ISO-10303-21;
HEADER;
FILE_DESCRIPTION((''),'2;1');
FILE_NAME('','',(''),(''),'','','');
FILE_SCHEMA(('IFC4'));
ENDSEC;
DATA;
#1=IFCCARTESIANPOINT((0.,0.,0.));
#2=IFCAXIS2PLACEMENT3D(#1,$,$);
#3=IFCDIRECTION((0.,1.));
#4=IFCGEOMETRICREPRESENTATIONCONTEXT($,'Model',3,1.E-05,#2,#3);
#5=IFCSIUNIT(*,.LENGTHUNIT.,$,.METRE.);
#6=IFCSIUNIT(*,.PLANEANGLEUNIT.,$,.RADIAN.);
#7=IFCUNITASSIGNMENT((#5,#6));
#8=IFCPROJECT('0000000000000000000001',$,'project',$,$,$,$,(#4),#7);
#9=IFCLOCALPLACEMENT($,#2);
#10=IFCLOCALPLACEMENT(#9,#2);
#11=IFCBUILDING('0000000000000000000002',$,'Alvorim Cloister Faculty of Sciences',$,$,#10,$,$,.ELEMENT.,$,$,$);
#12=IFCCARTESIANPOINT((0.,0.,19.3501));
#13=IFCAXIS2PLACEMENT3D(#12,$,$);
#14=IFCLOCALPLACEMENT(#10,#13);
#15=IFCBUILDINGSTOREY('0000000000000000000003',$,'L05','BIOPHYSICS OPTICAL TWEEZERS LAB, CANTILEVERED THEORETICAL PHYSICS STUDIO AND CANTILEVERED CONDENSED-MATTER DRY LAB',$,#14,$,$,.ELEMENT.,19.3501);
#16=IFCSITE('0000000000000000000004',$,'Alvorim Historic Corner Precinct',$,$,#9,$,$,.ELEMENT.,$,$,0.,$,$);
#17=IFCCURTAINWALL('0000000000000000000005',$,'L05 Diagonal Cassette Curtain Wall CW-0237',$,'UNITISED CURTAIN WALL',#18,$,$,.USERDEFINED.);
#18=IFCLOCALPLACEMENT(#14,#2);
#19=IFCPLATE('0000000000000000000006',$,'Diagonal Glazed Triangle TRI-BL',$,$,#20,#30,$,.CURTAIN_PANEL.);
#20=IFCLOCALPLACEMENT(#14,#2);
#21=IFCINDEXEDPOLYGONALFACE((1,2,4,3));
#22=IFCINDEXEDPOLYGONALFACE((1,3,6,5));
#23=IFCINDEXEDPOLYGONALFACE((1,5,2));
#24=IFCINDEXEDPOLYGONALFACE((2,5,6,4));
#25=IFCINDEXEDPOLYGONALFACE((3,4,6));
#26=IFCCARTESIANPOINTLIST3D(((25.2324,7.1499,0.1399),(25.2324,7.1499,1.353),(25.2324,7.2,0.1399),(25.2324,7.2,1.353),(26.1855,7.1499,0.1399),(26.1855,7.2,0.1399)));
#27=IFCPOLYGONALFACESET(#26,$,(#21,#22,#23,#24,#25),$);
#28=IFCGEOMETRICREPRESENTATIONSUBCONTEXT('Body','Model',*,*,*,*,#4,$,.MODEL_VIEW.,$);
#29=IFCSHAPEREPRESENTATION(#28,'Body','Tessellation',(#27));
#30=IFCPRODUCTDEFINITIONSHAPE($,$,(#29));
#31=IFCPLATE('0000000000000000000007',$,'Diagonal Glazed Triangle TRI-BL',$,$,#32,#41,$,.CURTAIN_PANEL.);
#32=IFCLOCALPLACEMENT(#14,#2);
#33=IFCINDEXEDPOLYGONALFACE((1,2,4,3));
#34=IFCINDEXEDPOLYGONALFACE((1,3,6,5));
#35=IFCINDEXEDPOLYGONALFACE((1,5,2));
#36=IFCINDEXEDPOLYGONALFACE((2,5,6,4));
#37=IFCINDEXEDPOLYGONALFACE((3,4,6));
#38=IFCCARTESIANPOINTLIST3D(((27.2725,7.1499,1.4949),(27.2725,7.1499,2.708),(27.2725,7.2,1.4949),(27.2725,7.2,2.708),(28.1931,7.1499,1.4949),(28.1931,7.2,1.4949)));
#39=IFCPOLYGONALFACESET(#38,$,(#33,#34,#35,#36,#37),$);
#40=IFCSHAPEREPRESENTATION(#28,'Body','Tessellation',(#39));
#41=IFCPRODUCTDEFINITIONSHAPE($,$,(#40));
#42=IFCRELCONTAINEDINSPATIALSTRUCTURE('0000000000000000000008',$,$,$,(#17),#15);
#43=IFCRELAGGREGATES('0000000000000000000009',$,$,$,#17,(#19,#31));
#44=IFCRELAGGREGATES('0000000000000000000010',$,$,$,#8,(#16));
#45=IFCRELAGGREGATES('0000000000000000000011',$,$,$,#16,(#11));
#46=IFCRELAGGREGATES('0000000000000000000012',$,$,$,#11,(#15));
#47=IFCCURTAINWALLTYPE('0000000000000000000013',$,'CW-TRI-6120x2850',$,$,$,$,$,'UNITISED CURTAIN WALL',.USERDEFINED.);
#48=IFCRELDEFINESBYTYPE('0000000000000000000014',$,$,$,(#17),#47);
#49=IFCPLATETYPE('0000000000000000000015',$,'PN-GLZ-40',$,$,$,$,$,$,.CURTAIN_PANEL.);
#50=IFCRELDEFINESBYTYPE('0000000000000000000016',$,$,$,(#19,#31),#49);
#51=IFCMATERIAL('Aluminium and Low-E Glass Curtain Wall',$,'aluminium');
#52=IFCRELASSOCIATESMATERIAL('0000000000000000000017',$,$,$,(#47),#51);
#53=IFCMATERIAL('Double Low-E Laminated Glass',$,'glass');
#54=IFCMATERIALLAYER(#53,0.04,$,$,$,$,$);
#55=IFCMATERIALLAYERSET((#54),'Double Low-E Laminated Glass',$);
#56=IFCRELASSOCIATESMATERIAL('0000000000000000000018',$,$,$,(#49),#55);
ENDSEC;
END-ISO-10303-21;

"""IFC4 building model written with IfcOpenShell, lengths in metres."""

from ifc_helpers import new_model, si_unit, direction, frame, origin, place, context, subcontext, project, spatial, polyline, outline, extrude, material, layer, layer_set, type_object, element, aggregate, save


model = new_model("IFC4")

# Units and contexts
model_context = context("Model", 3, precision=1e-05, world=origin(), true_north=direction((0.0, 1.0)))
body_context = subcontext(model_context, "Body", "Model", "MODEL_VIEW")
ifc_project = project(units=[si_unit("LENGTHUNIT", "METRE"), si_unit("PLANEANGLEUNIT", "RADIAN")], contexts=[model_context])

# Site, building, storey
site_placement = place(None, origin())
site = spatial("IfcSite", under=ifc_project, at=site_placement, Name="Alvorim Historic Corner Precinct", CompositionType="ELEMENT", RefElevation=0.0)
building_placement = place(site_placement, origin())
building = spatial("IfcBuilding", under=site, at=building_placement, Name="Alvorim Cloister Faculty of Sciences", CompositionType="ELEMENT")
storey_placement = place(building_placement, frame((0.0, 0.0, 19.3501)))
storey = spatial("IfcBuildingStorey", under=building, at=storey_placement, Name="L05", Description="BIOPHYSICS OPTICAL TWEEZERS LAB, CANTILEVERED THEORETICAL PHYSICS STUDIO AND CANTILEVERED CONDENSED-MATTER DRY LAB", CompositionType="ELEMENT", Elevation=19.3501)

# Curtain wall, plates
ifc_material_1 = material(Name="Aluminium and Low-E Glass Curtain Wall", Category="aluminium")
curtain_wall_type = type_object("IfcCurtainWallType", Name="CW-TRI-6120x2850", ElementType="UNITISED CURTAIN WALL", PredefinedType="USERDEFINED", material=ifc_material_1)
curtain_wall_placement = place(storey_placement, origin())
curtain_wall = element("IfcCurtainWall", 1, at=curtain_wall_placement, inside=storey, type_object=curtain_wall_type, Name="L05 Diagonal Cassette Curtain Wall CW-0237", ObjectType="UNITISED CURTAIN WALL", PredefinedType="USERDEFINED")
ifc_material_2 = material(Name="Double Low-E Laminated Glass", Category="glass")
ifc_layer = layer(ifc_material_2, 0.04)
ifc_layer_set = layer_set([ifc_layer], Name="Double Low-E Laminated Glass")
plate_type = type_object("IfcPlateType", Name="PN-GLZ-40", PredefinedType="CURTAIN_PANEL", material=ifc_layer_set)
plate_1_placement = place(storey_placement, frame((25.2324, 7.175, 0.1399), z_axis=(0.0, 0.0, 1.0), x_axis=(1.0, 0.0, 0.0)))
plate_1 = element("IfcPlate", 2, at=plate_1_placement, type_object=plate_type, Name="Diagonal Glazed Triangle TRI-BL", PredefinedType="CURTAIN_PANEL", context=body_context, shape_type="SweptSolid", body=[
    extrude(outline(polyline([(0.0, 0.0), (0.9531, 0.0), (0.0, 1.2131), (0.0, 0.0)])), frame((0.0, 0.0249, 0.0), z_axis=(0.0, -1.0, 0.0), x_axis=(1.0, 0.0, 0.0)), (0.0, 0.0, 1.0), 0.05),
])
plate_2_placement = place(storey_placement, frame((27.2725, 7.175, 1.4949), z_axis=(0.0, 0.0, 1.0), x_axis=(1.0, 0.0, 0.0)))
plate_2 = element("IfcPlate", 3, at=plate_2_placement, type_object=plate_type, Name="Diagonal Glazed Triangle TRI-BL", PredefinedType="CURTAIN_PANEL", context=body_context, shape_type="SweptSolid", body=[
    extrude(outline(polyline([(0.0, 0.0), (0.9207, 0.0), (0.0, 1.2131), (0.0, 0.0)])), frame((0.0, 0.0249, 0.0), z_axis=(0.0, -1.0, 0.0), x_axis=(1.0, 0.0, 0.0)), (0.0, 0.0, 1.0), 0.05),
])
aggregate(curtain_wall, [plate_1, plate_2])

save(model, "model.ifc")
